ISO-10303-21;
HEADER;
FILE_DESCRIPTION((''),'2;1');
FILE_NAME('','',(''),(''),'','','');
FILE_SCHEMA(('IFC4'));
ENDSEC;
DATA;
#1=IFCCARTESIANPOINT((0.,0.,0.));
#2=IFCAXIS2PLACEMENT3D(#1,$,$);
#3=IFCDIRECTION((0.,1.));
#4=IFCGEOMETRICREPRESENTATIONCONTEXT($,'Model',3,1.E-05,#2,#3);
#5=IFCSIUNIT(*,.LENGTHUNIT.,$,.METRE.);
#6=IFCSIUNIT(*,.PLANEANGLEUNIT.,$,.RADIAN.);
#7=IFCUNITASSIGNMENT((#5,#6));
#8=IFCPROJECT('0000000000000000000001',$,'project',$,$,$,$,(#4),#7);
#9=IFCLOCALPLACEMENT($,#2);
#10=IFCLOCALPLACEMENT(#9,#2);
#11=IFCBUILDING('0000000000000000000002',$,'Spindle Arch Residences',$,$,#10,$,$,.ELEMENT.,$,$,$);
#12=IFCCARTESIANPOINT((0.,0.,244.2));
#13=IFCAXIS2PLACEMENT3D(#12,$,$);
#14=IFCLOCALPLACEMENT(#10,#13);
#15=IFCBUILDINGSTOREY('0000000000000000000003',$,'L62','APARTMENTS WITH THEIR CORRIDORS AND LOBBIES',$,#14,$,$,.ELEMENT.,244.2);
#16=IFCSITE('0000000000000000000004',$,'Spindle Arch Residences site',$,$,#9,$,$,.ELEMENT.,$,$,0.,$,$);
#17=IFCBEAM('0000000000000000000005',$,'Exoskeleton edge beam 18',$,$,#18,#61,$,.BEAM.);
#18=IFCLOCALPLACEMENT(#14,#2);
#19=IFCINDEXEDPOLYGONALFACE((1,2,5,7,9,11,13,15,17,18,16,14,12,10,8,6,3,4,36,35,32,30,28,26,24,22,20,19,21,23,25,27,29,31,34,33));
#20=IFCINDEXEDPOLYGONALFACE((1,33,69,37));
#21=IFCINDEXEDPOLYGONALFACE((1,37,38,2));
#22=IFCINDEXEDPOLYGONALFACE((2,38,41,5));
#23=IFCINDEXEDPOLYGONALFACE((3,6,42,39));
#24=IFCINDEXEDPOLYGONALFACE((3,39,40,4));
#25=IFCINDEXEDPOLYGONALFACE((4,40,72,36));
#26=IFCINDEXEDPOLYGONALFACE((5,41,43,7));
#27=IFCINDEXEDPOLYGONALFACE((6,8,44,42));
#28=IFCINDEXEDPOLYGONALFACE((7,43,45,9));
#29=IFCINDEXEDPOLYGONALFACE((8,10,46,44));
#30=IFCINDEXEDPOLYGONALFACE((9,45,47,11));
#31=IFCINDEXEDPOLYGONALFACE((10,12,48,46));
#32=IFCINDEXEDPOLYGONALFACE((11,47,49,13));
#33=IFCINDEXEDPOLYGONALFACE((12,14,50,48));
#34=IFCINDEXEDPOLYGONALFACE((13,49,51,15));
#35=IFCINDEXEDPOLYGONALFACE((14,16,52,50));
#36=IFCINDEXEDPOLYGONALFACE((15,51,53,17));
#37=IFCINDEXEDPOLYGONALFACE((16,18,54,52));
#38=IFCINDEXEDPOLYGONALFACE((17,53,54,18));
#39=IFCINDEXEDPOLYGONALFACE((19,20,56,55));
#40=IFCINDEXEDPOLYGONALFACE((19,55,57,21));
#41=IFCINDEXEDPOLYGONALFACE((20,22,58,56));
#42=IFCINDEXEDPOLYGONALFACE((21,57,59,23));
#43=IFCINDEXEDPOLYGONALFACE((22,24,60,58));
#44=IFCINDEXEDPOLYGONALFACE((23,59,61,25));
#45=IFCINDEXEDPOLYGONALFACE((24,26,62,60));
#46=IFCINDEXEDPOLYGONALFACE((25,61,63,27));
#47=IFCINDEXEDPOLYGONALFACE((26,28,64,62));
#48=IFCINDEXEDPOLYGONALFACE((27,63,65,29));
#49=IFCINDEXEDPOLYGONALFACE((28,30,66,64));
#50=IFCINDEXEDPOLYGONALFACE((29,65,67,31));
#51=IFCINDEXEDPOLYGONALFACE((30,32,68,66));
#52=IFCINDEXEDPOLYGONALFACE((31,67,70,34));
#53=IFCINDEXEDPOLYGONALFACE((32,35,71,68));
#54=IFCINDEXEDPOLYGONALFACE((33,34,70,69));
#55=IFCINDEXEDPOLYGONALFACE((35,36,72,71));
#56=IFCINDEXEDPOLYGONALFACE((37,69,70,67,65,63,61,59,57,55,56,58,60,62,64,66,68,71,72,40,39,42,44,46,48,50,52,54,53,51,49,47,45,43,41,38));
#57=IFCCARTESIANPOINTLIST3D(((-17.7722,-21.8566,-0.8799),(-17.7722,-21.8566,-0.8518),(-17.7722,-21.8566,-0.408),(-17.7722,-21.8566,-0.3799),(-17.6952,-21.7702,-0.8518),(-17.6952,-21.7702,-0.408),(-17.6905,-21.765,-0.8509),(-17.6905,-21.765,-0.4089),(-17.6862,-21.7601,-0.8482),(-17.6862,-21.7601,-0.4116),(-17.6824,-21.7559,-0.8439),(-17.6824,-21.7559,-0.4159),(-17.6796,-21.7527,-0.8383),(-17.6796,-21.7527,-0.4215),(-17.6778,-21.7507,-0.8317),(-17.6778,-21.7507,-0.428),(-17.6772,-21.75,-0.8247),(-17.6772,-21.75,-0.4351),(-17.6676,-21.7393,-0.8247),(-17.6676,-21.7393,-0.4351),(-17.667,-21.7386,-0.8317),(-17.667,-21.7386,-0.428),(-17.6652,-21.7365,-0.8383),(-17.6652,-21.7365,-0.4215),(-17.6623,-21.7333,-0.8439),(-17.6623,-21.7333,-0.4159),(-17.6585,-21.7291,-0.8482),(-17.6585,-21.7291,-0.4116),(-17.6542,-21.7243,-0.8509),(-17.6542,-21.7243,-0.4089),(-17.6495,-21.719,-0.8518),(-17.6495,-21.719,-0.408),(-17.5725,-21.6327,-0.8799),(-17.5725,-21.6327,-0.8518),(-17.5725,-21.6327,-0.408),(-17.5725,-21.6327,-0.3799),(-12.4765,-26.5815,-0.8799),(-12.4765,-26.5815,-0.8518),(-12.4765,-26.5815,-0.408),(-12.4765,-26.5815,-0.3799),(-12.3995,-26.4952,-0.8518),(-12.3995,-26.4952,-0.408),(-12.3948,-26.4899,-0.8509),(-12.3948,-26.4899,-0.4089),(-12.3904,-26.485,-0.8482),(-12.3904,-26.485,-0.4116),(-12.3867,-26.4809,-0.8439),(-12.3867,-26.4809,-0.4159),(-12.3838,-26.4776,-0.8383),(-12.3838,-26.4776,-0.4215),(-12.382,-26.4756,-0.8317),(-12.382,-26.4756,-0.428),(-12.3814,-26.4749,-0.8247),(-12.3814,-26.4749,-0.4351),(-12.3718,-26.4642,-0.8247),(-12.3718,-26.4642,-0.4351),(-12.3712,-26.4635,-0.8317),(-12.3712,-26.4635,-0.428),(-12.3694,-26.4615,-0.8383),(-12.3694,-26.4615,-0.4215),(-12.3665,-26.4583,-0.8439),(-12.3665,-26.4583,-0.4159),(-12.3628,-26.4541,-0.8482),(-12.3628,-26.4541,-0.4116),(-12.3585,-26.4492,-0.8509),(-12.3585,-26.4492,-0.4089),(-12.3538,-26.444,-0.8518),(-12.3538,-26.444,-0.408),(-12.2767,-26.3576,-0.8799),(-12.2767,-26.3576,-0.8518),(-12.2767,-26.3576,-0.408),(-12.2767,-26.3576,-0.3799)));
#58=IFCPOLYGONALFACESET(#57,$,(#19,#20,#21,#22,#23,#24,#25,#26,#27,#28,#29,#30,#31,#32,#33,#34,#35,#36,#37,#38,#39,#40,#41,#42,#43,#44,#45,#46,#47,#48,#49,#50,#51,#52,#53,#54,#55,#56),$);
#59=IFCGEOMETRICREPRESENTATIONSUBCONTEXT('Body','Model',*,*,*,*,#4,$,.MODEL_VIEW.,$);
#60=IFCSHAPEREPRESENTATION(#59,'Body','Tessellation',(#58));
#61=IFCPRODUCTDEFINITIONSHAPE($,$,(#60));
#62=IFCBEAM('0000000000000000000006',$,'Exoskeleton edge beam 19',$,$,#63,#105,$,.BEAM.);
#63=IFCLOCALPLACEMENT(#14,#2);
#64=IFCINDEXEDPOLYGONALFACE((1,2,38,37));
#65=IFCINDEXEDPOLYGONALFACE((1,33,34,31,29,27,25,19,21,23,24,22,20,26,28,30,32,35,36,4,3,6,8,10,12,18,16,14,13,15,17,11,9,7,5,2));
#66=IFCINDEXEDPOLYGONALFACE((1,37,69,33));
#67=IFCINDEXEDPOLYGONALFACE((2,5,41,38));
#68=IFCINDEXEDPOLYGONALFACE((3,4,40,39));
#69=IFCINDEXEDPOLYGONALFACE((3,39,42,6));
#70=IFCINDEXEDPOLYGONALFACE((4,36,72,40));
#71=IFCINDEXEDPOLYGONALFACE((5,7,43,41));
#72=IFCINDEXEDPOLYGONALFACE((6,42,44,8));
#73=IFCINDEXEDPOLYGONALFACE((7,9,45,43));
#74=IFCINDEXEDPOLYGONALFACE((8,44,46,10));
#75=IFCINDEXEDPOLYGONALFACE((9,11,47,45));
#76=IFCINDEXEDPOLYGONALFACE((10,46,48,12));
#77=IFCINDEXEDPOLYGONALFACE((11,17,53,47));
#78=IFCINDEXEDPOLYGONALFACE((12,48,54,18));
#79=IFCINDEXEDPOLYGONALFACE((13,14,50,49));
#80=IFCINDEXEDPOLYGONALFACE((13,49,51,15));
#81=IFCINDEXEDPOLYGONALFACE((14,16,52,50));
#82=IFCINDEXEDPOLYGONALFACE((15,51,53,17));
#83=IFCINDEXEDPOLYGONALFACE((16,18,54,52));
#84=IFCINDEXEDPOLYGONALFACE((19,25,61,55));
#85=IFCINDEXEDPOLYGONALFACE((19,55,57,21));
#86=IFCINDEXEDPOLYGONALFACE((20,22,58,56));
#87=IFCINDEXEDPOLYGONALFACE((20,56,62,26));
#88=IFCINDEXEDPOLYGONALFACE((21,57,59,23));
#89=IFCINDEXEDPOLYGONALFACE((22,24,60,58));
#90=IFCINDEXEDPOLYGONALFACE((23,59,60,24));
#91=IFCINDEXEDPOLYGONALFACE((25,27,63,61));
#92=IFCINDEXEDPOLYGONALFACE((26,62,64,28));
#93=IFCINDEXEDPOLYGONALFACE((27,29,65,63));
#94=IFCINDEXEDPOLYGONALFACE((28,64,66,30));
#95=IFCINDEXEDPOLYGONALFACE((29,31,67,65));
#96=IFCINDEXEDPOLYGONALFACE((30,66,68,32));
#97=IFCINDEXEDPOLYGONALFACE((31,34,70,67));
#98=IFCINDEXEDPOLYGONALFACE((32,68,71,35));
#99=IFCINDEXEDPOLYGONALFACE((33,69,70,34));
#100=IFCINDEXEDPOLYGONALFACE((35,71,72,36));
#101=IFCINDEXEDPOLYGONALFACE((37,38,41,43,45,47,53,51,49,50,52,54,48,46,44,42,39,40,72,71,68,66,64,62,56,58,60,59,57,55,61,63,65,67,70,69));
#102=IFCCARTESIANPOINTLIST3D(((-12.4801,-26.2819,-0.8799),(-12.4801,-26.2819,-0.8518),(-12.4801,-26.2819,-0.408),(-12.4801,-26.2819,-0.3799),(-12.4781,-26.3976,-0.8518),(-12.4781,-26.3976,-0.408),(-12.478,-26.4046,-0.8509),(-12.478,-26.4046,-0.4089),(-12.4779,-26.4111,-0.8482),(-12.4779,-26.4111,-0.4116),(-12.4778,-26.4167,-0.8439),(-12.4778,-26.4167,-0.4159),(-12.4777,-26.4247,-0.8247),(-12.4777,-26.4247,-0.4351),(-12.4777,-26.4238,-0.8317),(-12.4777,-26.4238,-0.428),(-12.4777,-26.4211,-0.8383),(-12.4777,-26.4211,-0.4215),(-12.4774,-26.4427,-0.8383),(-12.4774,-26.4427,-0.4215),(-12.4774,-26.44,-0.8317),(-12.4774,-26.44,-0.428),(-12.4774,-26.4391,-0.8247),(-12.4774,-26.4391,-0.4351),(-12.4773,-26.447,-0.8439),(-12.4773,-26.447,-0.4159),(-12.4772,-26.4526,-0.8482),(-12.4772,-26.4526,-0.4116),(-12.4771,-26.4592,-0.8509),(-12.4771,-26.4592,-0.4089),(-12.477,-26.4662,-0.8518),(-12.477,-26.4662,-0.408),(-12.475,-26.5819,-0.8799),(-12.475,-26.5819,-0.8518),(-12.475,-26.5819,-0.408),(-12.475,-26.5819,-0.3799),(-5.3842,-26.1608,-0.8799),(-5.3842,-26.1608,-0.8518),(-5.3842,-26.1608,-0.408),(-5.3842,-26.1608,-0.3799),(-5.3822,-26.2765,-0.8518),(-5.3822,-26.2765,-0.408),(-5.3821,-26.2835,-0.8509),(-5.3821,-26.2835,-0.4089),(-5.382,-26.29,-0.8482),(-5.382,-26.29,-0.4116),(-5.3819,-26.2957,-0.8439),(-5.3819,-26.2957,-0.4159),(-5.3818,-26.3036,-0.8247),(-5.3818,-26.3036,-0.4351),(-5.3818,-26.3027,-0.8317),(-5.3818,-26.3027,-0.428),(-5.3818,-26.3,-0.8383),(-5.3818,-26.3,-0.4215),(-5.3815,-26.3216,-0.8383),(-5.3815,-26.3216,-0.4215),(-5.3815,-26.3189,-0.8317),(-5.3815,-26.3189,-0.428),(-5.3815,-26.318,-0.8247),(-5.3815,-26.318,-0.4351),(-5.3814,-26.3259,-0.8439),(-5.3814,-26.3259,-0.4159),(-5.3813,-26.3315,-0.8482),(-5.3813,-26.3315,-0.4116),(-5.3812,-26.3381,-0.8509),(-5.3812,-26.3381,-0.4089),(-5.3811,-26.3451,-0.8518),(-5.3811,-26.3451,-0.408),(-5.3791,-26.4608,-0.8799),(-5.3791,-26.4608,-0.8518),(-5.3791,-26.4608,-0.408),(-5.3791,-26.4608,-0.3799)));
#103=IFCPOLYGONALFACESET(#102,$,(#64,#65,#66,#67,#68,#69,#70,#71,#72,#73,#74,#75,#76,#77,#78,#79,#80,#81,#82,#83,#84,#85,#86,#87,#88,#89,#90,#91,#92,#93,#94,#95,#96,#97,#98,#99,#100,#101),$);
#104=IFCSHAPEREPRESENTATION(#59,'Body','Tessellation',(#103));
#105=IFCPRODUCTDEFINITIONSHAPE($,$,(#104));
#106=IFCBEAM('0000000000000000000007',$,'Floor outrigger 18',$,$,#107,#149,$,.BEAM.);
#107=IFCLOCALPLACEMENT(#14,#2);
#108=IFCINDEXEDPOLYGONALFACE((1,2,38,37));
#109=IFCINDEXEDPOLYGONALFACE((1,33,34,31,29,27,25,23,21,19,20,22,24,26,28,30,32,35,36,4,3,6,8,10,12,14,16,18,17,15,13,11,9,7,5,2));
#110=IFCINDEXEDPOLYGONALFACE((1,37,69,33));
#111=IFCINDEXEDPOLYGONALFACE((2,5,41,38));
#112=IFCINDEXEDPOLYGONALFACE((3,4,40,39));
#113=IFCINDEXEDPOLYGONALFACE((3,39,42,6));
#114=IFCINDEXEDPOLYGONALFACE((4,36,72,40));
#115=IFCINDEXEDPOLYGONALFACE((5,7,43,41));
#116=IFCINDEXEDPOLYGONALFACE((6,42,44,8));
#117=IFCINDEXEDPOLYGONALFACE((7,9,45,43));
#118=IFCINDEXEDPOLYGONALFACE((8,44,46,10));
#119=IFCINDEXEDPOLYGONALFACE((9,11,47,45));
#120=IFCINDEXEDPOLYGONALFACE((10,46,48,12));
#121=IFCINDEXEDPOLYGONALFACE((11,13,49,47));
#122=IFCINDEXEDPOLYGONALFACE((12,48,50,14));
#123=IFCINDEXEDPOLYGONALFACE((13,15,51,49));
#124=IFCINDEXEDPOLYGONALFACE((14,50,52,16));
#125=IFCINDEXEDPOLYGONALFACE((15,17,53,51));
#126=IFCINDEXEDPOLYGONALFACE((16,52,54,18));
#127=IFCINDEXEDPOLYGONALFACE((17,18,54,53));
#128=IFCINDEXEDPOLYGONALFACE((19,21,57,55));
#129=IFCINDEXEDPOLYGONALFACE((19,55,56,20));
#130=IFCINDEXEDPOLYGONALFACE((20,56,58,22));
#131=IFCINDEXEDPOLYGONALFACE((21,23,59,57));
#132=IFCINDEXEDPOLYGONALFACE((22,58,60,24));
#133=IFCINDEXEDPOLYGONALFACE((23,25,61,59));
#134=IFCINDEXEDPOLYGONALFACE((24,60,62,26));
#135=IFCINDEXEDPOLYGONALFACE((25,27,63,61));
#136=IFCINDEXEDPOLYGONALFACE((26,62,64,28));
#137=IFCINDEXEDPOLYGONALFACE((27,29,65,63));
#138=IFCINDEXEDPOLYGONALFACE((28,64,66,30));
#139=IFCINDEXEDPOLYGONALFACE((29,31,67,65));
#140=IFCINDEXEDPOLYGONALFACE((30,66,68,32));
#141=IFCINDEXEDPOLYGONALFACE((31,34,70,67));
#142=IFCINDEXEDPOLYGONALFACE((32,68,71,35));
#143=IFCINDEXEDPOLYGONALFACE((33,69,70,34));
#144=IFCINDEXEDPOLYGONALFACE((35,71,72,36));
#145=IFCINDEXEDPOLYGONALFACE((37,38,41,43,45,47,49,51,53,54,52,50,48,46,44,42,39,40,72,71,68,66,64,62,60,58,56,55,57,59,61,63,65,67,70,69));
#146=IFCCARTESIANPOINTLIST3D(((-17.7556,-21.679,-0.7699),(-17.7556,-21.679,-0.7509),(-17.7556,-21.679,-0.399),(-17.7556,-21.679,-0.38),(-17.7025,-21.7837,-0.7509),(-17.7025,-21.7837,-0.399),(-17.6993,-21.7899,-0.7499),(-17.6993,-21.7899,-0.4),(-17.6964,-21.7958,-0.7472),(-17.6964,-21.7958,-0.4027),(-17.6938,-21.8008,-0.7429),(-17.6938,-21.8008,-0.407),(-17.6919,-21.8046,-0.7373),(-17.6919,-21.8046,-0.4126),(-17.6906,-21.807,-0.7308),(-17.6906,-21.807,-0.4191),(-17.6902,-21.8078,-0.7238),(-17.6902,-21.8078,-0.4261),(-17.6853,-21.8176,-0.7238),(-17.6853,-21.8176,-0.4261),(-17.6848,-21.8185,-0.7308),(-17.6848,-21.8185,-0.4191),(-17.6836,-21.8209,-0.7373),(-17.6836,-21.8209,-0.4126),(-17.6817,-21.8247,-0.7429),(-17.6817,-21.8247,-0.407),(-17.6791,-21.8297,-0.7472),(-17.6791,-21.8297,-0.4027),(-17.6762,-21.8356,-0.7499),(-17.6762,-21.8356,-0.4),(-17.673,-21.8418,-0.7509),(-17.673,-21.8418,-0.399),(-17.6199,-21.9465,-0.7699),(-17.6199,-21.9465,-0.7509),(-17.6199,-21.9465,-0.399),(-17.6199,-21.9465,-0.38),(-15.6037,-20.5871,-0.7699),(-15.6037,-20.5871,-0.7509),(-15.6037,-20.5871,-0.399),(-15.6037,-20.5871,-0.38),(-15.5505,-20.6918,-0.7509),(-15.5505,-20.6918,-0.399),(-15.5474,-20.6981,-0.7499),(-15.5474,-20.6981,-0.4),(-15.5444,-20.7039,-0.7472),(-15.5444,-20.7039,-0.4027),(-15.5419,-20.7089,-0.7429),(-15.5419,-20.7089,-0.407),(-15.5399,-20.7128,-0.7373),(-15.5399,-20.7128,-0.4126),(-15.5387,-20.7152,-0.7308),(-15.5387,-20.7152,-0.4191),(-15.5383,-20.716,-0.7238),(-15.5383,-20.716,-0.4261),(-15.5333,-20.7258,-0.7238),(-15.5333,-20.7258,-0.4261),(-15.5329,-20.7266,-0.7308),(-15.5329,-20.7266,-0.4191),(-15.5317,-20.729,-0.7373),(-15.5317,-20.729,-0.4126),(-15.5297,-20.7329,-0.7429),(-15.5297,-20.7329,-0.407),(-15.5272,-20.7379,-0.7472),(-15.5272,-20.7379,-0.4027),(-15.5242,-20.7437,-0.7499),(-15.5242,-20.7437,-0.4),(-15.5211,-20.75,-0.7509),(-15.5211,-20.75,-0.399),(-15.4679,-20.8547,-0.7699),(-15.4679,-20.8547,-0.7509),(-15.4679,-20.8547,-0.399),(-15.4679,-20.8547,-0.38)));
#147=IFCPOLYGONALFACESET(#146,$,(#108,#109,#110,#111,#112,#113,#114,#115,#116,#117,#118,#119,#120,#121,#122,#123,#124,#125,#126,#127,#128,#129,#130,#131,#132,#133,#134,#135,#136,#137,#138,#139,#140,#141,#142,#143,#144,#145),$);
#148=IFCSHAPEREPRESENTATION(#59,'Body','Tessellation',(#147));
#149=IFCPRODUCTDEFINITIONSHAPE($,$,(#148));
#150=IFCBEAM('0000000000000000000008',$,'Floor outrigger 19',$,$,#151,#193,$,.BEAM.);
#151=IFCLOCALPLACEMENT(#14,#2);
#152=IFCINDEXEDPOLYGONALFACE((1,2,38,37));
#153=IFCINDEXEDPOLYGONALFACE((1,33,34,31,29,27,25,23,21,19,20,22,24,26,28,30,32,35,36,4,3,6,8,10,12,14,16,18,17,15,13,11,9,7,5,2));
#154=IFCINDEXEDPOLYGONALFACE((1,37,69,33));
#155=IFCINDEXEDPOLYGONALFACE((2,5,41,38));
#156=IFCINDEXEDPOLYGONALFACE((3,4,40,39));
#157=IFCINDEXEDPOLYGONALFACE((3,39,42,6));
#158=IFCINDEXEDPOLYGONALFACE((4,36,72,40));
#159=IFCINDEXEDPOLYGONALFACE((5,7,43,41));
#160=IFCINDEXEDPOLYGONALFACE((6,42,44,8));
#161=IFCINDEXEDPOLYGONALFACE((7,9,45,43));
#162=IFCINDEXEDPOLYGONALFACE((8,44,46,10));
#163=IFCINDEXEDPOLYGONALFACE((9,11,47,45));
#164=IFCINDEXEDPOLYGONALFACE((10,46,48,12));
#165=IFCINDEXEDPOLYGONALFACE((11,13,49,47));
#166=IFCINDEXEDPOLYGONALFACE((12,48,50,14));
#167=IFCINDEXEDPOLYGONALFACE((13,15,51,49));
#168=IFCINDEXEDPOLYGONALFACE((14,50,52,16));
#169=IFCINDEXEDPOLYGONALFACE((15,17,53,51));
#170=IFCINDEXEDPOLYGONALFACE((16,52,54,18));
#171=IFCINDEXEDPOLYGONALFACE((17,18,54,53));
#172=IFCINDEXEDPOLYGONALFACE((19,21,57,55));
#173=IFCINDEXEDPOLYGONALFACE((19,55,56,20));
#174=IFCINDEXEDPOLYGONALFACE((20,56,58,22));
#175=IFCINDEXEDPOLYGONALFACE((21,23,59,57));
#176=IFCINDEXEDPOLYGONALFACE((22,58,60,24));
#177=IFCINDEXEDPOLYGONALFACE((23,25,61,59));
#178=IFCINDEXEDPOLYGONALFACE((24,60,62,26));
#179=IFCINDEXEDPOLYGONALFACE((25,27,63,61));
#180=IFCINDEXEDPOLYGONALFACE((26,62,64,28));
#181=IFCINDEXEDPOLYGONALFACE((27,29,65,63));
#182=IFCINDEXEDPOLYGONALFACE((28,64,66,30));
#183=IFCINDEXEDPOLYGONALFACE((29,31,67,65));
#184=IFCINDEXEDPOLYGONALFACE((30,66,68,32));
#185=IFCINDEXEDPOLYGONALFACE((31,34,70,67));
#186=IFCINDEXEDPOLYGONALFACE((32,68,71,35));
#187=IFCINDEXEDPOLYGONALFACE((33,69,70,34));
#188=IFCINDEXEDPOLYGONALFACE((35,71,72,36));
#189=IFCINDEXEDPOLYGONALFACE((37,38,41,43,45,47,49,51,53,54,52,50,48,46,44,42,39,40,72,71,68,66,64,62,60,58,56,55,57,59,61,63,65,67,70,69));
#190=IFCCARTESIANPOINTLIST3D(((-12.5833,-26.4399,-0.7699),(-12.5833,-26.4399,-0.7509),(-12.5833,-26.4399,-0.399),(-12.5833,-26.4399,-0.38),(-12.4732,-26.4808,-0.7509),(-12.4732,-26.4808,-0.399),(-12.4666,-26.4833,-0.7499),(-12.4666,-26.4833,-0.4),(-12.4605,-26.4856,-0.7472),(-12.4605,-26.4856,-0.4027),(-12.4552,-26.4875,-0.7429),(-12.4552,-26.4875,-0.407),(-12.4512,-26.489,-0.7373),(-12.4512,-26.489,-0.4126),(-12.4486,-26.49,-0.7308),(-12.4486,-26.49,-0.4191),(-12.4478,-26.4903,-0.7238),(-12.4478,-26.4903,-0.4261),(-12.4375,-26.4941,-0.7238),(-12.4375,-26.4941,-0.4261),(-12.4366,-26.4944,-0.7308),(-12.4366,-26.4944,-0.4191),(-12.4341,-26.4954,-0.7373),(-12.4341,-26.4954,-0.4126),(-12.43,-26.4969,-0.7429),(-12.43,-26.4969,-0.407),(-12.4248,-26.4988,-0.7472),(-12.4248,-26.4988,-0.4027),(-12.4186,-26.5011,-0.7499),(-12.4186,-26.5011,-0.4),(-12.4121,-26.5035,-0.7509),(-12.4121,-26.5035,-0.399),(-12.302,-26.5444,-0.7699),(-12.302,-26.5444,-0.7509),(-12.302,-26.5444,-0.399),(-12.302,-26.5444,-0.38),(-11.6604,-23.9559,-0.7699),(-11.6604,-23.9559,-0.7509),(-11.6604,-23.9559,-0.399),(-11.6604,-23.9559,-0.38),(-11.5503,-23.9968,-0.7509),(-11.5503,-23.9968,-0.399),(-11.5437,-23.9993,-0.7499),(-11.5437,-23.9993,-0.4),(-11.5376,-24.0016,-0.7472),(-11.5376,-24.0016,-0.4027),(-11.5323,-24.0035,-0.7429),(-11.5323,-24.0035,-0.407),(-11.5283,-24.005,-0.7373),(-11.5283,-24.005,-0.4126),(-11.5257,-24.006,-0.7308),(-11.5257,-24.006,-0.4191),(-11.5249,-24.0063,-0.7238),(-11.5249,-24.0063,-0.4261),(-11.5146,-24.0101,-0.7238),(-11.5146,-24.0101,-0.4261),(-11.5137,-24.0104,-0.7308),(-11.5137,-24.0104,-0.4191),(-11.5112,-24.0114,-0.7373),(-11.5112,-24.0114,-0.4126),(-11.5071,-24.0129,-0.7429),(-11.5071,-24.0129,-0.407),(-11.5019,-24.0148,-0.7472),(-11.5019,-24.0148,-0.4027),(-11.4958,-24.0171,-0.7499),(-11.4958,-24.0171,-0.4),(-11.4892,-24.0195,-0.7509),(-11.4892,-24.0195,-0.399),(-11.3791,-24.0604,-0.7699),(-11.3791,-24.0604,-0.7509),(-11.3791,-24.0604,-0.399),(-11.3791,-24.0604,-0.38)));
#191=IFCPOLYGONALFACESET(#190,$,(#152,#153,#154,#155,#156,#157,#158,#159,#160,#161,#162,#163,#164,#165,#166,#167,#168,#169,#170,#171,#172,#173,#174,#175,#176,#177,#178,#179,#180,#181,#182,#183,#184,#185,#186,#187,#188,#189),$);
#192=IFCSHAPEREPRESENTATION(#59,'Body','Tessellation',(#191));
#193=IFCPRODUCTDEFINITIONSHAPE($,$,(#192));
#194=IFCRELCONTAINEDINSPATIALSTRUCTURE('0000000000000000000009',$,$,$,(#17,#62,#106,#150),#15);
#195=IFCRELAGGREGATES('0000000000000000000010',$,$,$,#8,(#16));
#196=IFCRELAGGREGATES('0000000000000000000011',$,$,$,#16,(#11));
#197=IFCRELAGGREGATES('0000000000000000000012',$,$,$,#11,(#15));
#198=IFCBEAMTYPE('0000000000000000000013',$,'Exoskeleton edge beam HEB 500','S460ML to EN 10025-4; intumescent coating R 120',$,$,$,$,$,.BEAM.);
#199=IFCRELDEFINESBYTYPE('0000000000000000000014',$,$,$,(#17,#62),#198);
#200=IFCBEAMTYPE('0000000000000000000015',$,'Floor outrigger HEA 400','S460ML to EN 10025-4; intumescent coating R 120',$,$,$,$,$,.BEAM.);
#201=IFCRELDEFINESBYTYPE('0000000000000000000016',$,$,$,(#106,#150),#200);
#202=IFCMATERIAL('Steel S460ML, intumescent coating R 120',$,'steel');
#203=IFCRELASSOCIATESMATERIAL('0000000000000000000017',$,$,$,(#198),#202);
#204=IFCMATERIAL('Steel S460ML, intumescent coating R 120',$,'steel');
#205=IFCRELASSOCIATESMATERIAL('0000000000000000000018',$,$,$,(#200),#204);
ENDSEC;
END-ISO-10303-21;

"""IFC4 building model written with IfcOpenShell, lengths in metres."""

from ifc_helpers import new_model, si_unit, direction, frame, origin, origin_2d, place, context, subcontext, project, spatial, i_section, extrude, material, material_profile, profile_set, type_object, element, save


model = new_model("IFC4")

# Units and contexts
model_context = context("Model", 3, precision=1e-05, world=origin(), true_north=direction((0.0, 1.0)))
body_context = subcontext(model_context, "Body", "Model", "MODEL_VIEW")
ifc_project = project(units=[si_unit("LENGTHUNIT", "METRE"), si_unit("PLANEANGLEUNIT", "RADIAN")], contexts=[model_context])

# Site, building, storey
site_placement = place(None, origin())
site = spatial("IfcSite", under=ifc_project, at=site_placement, Name="Spindle Arch Residences site", CompositionType="ELEMENT", RefElevation=0.0)
building_placement = place(site_placement, origin())
building = spatial("IfcBuilding", under=site, at=building_placement, Name="Spindle Arch Residences", CompositionType="ELEMENT")
storey_placement = place(building_placement, frame((0.0, 0.0, 244.2)))
storey = spatial("IfcBuildingStorey", under=building, at=storey_placement, Name="L62", Description="APARTMENTS WITH THEIR CORRIDORS AND LOBBIES", CompositionType="ELEMENT", Elevation=244.2)

# Beams
ifc_material_1 = material(Name="Steel S460ML, intumescent coating R 120", Category="steel")
ifc_material_profile_1 = material_profile(ifc_material_1, i_section(OverallWidth=0.3, OverallDepth=0.5, WebThickness=0.0144, FlangeThickness=0.0281, FilletRadius=0.0271, at=origin_2d()), Name="HEB 500")
ifc_profile_set_1 = profile_set([ifc_material_profile_1], Name="Steel S460ML, intumescent coating R 120")
beam_type_1 = type_object("IfcBeamType", Name="Exoskeleton edge beam HEB 500", Description="S460ML to EN 10025-4; intumescent coating R 120", PredefinedType="BEAM", material=ifc_profile_set_1)
beam_1_placement = place(storey_placement, frame((-17.6724, -21.7446, -0.6299), z_axis=(0.746176, -0.665748, 0.0), x_axis=(0.665748, 0.746176, 0.0)))
element("IfcBeam", 1, at=beam_1_placement, inside=storey, type_object=beam_type_1, Name="Exoskeleton edge beam 18", PredefinedType="BEAM", context=body_context, shape_type="SweptSolid", body=[
    extrude(i_section(OverallWidth=0.3, OverallDepth=0.5, WebThickness=0.0144, FlangeThickness=0.0281, FilletRadius=0.0271, at=origin_2d()), origin(), (0.0, 0.0, 1.0), 7.0972),
])
beam_2_placement = place(storey_placement, frame((-12.4775, -26.4319, -0.6299), z_axis=(0.999854, 0.017063, 0.0), x_axis=(-0.017063, 0.999854, 0.0)))
element("IfcBeam", 2, at=beam_2_placement, inside=storey, type_object=beam_type_1, Name="Exoskeleton edge beam 19", PredefinedType="BEAM", context=body_context, shape_type="SweptSolid", body=[
    extrude(i_section(OverallWidth=0.3, OverallDepth=0.5, WebThickness=0.0144, FlangeThickness=0.0281, FilletRadius=0.0271, at=origin_2d()), origin(), (0.0, 0.0, 1.0), 7.0969),
])
ifc_material_2 = material(Name="Steel S460ML, intumescent coating R 120", Category="steel")
ifc_material_profile_2 = material_profile(ifc_material_2, i_section(OverallWidth=0.3, OverallDepth=0.3899, WebThickness=0.011, FlangeThickness=0.019, FilletRadius=0.0271, at=origin_2d()), Name="HEA 400")
ifc_profile_set_2 = profile_set([ifc_material_profile_2], Name="Steel S460ML, intumescent coating R 120")
beam_type_2 = type_object("IfcBeamType", Name="Floor outrigger HEA 400", Description="S460ML to EN 10025-4; intumescent coating R 120", PredefinedType="BEAM", material=ifc_profile_set_2)
beam_3_placement = place(storey_placement, frame((-17.6877, -21.8127, -0.575), z_axis=(0.891781, 0.452467, 0.0), x_axis=(-0.452467, 0.891781, 0.0)))
element("IfcBeam", 3, at=beam_3_placement, inside=storey, type_object=beam_type_2, Name="Floor outrigger 18", PredefinedType="BEAM", context=body_context, shape_type="SweptSolid", body=[
    extrude(i_section(OverallWidth=0.3, OverallDepth=0.3899, WebThickness=0.011, FlangeThickness=0.019, FilletRadius=0.0271, at=origin_2d()), origin(), (0.0, 0.0, 1.0), 2.4131),
])
beam_4_placement = place(storey_placement, frame((-12.4426, -26.4922, -0.575), z_axis=(0.348274, 0.937393, 0.0), x_axis=(-0.937393, 0.348274, 0.0)))
element("IfcBeam", 4, at=beam_4_placement, inside=storey, type_object=beam_type_2, Name="Floor outrigger 19", PredefinedType="BEAM", context=body_context, shape_type="SweptSolid", body=[
    extrude(i_section(OverallWidth=0.3, OverallDepth=0.3899, WebThickness=0.011, FlangeThickness=0.019, FilletRadius=0.0271, at=origin_2d()), origin(), (0.0, 0.0, 1.0), 2.6499),
])

save(model, "model.ifc")
